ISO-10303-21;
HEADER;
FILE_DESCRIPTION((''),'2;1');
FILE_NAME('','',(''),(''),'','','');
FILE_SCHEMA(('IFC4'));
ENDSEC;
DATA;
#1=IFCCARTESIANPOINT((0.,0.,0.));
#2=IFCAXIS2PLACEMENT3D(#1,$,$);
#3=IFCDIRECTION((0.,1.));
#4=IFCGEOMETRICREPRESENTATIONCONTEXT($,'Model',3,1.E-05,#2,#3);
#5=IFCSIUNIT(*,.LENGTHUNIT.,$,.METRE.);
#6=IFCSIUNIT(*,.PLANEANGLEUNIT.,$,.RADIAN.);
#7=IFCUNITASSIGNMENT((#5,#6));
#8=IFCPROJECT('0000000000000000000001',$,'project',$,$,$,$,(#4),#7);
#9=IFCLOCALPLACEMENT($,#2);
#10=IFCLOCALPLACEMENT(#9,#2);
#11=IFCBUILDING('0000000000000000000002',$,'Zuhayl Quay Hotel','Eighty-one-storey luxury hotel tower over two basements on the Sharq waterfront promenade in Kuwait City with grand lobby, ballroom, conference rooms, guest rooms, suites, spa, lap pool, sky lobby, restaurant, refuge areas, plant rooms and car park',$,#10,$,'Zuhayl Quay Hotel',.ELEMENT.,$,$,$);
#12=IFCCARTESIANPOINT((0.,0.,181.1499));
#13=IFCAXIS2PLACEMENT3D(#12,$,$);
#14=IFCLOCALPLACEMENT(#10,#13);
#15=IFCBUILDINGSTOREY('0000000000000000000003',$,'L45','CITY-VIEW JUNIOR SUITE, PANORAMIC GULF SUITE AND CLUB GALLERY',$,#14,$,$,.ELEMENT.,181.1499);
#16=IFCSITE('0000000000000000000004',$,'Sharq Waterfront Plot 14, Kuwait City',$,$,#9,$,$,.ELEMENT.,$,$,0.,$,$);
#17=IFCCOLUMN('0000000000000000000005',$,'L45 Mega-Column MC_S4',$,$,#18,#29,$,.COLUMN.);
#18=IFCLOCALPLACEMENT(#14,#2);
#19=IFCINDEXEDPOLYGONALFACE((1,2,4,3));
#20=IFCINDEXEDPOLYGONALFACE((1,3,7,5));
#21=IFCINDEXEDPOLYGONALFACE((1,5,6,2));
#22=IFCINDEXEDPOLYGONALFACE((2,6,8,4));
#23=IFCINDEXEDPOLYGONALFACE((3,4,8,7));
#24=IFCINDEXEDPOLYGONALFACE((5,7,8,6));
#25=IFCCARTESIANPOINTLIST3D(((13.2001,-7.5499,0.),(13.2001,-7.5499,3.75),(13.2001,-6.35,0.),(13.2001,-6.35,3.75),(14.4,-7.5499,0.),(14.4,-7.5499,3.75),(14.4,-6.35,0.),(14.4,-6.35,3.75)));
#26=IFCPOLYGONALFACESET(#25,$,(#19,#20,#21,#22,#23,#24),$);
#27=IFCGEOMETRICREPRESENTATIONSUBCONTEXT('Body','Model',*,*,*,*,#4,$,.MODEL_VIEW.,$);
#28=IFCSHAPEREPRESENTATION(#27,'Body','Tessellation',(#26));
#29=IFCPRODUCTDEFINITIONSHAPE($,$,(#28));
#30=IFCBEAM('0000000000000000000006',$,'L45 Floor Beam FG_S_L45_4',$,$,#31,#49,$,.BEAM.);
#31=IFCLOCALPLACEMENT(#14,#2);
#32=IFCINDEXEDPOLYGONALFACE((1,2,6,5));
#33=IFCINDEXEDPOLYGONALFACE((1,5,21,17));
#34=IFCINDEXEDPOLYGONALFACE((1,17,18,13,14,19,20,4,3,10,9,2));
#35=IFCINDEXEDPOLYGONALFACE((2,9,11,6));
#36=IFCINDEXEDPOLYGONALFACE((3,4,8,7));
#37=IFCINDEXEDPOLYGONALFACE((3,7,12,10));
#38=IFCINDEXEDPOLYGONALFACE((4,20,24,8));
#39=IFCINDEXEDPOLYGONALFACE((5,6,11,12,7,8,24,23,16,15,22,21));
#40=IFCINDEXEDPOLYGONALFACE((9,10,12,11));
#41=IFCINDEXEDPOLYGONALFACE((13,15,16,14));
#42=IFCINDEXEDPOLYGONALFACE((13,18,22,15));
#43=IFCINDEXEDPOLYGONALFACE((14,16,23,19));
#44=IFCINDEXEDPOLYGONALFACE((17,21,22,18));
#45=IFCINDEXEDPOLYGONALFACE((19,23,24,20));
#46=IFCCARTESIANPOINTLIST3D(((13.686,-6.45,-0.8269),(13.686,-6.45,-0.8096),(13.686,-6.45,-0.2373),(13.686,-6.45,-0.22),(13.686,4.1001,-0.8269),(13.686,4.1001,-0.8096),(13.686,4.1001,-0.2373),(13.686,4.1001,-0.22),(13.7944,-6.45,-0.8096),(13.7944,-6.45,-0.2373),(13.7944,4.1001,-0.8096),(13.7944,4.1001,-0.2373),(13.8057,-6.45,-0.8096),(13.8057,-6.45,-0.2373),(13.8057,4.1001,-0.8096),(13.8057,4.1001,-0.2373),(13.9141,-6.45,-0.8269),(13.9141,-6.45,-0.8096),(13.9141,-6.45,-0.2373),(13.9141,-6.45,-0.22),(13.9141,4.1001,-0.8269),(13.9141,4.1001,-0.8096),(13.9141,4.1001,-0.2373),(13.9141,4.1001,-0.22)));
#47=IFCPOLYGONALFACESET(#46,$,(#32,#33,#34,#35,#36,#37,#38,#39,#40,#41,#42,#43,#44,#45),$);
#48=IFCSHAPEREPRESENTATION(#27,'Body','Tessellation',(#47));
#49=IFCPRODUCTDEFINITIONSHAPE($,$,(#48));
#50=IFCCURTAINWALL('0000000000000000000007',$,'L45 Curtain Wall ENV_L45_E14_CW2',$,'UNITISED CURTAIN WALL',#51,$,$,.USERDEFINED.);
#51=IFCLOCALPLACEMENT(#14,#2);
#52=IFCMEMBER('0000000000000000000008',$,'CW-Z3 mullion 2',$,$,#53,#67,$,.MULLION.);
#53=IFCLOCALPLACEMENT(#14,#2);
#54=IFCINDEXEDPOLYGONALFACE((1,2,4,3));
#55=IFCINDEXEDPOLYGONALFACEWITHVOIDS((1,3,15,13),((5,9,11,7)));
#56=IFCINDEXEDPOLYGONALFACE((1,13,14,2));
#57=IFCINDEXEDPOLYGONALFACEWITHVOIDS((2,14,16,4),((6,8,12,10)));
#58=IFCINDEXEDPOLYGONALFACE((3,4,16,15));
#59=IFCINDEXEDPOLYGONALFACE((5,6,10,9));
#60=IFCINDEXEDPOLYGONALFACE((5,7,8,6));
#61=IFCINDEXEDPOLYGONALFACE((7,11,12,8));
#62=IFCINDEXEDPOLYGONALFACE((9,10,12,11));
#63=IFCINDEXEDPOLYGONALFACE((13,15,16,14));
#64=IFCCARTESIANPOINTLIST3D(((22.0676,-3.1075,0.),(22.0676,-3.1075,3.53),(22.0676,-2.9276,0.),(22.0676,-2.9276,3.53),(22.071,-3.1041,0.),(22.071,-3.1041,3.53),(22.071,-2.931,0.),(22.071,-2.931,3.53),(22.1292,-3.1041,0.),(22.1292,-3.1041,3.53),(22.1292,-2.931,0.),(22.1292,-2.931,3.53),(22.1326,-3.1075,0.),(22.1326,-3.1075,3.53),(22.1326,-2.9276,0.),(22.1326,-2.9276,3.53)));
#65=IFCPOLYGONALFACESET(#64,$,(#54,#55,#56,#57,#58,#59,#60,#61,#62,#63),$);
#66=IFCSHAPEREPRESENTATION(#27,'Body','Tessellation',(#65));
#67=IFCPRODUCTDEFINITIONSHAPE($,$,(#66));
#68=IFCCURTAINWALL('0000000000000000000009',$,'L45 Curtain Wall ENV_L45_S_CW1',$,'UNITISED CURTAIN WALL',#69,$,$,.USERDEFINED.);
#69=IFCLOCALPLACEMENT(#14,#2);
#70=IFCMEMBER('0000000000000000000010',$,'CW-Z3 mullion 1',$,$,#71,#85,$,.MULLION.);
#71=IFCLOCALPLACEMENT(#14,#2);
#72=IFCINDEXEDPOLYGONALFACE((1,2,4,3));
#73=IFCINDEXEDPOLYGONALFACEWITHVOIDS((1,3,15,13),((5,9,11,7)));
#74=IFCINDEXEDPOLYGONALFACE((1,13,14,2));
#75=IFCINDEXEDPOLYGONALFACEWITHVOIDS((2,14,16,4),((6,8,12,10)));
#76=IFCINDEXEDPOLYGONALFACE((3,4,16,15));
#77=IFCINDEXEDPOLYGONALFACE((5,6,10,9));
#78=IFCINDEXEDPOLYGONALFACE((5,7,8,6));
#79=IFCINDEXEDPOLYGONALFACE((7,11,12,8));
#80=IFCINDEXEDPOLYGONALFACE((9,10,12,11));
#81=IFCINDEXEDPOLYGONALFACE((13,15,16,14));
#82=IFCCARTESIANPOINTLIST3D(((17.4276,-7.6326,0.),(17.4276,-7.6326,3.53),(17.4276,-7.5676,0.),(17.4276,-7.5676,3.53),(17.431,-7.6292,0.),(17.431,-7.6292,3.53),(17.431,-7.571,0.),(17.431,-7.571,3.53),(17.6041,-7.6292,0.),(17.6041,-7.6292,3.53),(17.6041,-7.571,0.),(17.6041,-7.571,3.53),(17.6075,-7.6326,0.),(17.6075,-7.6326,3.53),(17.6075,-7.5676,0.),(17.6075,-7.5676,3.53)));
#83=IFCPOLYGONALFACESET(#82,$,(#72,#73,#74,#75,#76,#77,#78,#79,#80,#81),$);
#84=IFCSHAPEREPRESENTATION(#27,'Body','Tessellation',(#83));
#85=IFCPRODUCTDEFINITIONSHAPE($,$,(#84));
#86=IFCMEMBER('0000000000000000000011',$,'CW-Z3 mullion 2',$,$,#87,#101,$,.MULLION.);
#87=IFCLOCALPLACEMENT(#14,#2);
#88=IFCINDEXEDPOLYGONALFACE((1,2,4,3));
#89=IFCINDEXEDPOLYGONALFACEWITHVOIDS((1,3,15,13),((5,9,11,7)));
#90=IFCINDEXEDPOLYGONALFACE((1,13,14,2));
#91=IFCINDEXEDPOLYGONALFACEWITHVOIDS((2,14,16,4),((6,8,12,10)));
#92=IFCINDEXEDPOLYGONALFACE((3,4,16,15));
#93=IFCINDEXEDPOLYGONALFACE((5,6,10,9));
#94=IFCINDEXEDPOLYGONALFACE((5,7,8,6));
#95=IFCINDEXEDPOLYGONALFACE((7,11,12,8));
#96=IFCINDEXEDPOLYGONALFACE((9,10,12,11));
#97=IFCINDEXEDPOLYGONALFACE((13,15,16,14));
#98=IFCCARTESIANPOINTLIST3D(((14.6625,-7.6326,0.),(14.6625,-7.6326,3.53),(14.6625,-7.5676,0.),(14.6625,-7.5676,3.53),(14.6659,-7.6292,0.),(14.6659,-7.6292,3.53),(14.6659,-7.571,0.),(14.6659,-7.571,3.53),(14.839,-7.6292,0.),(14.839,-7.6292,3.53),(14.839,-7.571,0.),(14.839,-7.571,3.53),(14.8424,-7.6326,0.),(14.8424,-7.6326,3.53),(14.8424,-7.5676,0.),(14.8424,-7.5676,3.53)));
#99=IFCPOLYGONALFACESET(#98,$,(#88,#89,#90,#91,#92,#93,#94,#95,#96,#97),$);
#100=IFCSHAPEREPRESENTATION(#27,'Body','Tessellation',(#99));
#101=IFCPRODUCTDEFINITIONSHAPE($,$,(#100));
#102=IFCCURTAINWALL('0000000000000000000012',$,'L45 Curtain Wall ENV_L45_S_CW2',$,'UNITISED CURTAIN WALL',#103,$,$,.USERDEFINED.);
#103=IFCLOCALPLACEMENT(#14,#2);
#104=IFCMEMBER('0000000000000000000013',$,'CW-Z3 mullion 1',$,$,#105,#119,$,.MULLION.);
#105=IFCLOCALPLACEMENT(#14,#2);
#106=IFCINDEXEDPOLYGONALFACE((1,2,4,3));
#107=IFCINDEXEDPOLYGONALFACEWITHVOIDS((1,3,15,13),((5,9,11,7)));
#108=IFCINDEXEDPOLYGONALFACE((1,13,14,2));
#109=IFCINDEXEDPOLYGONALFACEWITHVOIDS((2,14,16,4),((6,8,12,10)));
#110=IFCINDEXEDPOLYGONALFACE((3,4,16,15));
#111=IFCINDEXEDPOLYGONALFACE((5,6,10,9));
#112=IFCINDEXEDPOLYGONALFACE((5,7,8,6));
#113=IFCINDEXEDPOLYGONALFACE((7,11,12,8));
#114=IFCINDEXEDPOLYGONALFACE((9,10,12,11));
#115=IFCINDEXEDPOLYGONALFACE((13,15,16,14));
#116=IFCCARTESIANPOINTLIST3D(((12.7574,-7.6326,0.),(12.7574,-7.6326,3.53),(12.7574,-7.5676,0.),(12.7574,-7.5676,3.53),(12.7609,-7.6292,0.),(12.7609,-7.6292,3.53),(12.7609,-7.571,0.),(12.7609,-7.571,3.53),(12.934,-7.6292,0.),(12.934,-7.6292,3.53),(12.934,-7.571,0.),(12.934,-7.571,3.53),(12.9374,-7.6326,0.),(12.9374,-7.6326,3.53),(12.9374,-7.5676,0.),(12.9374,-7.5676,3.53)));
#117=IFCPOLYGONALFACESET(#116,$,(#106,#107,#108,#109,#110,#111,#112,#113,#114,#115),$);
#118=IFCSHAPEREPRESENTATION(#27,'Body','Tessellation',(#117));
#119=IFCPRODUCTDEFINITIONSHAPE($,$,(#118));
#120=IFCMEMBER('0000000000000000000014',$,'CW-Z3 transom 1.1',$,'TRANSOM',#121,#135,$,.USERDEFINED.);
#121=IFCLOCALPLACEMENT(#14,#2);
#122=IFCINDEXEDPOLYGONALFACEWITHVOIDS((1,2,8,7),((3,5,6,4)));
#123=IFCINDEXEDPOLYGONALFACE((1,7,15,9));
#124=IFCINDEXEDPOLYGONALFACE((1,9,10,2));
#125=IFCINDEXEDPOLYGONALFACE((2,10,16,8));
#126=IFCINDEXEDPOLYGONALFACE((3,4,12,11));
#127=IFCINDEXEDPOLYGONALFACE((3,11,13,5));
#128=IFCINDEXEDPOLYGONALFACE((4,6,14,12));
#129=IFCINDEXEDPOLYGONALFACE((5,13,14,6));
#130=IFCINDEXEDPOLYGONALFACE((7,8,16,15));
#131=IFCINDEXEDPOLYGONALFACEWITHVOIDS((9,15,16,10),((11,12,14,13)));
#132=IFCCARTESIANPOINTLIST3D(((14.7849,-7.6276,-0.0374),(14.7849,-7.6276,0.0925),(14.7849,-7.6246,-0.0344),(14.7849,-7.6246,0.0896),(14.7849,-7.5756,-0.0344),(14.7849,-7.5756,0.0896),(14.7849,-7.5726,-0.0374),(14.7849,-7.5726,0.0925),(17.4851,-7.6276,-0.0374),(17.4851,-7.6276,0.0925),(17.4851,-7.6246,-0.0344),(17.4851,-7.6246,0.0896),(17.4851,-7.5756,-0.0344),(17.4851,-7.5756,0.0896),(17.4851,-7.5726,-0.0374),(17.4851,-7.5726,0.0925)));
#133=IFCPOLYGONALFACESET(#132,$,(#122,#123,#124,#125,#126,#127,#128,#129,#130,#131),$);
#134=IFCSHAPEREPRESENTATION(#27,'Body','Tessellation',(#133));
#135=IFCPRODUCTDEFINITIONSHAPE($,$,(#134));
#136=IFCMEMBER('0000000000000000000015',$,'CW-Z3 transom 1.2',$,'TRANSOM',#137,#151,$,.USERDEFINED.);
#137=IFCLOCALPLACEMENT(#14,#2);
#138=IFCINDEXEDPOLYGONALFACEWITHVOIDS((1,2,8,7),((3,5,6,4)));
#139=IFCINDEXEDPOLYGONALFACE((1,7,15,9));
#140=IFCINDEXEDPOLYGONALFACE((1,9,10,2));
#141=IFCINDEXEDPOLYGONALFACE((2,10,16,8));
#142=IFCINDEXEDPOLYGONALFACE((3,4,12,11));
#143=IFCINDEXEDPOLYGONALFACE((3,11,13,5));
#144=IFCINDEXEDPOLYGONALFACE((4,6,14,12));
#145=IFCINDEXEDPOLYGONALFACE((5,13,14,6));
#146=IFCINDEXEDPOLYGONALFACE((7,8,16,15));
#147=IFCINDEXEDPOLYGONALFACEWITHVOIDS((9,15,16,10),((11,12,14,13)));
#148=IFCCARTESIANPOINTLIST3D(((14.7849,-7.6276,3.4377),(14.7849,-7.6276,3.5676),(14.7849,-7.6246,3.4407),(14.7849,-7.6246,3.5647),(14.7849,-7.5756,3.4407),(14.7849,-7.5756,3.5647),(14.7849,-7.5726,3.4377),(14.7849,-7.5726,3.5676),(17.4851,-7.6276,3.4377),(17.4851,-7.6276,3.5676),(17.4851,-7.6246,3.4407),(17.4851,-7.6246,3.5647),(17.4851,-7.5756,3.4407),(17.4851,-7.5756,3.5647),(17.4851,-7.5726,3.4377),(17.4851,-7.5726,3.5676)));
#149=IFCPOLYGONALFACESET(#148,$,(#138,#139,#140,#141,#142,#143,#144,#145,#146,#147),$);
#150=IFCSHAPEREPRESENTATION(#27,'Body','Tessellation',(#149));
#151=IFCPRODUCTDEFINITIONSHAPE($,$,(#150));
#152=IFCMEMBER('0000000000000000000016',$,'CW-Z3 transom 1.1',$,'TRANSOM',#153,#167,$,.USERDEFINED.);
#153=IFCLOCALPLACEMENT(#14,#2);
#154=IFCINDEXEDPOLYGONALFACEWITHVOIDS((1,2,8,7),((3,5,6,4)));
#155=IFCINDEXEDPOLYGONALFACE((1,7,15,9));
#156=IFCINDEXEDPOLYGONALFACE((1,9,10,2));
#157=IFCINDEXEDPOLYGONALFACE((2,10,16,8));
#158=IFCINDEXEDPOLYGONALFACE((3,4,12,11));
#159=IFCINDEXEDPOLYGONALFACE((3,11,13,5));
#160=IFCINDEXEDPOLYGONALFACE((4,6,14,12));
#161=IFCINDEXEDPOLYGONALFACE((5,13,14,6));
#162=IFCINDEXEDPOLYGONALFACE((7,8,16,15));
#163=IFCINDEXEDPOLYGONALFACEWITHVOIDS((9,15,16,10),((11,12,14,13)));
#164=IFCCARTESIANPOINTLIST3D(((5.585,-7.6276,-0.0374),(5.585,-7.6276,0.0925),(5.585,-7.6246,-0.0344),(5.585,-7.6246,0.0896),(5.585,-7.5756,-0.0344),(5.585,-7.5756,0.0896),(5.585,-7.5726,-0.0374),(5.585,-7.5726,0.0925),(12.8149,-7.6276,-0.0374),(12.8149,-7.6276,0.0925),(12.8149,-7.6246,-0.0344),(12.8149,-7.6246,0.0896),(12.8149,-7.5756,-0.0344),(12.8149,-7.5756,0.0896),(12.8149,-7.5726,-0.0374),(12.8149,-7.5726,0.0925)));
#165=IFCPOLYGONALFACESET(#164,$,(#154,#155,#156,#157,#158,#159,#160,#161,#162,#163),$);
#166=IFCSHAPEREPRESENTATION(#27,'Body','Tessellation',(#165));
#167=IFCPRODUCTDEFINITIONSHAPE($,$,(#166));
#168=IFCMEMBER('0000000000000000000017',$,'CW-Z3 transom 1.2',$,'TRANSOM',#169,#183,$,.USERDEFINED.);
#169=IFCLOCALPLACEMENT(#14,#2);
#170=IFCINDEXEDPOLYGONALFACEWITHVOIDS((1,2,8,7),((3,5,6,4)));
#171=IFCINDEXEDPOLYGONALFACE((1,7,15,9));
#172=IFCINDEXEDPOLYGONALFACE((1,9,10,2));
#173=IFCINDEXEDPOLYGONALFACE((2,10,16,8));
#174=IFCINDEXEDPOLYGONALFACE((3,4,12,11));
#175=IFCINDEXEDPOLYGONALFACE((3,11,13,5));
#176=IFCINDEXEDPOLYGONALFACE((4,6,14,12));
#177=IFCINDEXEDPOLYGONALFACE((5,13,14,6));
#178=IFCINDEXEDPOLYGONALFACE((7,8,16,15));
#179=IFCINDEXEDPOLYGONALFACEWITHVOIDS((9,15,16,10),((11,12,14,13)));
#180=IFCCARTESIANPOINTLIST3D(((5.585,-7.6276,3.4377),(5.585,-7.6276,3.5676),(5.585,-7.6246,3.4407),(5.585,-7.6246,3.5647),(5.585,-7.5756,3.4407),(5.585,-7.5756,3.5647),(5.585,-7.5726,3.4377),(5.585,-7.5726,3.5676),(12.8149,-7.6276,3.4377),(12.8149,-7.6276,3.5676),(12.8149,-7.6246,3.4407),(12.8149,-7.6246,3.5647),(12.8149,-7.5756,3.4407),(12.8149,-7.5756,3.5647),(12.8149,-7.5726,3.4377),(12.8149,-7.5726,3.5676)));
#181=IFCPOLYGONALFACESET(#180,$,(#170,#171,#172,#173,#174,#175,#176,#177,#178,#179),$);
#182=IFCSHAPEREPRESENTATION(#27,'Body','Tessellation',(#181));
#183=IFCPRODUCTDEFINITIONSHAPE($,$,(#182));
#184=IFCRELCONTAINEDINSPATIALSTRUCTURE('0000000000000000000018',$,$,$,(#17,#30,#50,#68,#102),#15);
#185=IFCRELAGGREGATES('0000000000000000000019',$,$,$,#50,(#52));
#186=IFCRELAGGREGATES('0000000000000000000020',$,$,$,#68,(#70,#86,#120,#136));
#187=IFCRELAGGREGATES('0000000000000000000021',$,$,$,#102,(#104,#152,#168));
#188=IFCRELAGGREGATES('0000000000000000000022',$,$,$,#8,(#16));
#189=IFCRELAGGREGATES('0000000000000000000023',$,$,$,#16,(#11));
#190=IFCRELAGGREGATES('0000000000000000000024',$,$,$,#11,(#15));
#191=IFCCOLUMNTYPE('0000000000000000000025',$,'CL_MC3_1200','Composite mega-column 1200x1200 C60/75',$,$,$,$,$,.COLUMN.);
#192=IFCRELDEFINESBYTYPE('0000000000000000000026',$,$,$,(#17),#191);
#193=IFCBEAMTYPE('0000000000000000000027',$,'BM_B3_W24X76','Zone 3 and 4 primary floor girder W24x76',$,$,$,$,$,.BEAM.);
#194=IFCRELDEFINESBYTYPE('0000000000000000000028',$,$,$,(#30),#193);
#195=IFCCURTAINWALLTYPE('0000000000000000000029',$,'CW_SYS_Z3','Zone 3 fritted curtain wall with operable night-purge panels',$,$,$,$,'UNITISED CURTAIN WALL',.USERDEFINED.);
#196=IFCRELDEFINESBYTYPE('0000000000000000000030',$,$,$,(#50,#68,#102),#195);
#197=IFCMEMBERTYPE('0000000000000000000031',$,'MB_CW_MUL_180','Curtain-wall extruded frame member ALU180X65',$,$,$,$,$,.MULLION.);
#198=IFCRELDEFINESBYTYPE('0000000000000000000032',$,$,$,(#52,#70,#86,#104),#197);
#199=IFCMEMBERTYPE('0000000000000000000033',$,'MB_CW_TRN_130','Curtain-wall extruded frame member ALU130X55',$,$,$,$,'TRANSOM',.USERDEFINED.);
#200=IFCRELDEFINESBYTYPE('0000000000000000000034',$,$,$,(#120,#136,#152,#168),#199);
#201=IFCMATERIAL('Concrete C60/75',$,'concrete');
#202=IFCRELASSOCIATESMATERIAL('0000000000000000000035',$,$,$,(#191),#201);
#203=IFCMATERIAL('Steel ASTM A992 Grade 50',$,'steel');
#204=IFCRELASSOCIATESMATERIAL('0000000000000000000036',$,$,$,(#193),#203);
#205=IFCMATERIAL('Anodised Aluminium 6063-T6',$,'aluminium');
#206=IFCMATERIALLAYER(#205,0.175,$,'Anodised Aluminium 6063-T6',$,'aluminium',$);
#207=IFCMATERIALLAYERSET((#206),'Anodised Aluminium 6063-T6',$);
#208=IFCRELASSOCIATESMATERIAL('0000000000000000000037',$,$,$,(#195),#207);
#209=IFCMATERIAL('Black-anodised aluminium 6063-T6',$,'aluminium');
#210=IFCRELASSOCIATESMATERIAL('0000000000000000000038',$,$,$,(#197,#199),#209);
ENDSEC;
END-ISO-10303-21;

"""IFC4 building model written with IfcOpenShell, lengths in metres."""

from ifc_helpers import new_model, si_unit, direction, frame, origin, origin_2d, place, context, subcontext, project, spatial, rectangle, hollow_rectangle, i_section, extrude, material, layer, layer_set, material_profile, profile_set, type_object, element, aggregate, save


model = new_model("IFC4")

# Units and contexts
model_context = context("Model", 3, precision=1e-05, world=origin(), true_north=direction((0.0, 1.0)))
body_context = subcontext(model_context, "Body", "Model", "MODEL_VIEW")
ifc_project = project(units=[si_unit("LENGTHUNIT", "METRE"), si_unit("PLANEANGLEUNIT", "RADIAN")], contexts=[model_context])

# Site, building, storey
site_placement = place(None, origin())
site = spatial("IfcSite", under=ifc_project, at=site_placement, Name="Sharq Waterfront Plot 14, Kuwait City", CompositionType="ELEMENT", RefElevation=0.0)
building_placement = place(site_placement, origin())
building = spatial("IfcBuilding", under=site, at=building_placement, Name="Zuhayl Quay Hotel", Description="Eighty-one-storey luxury hotel tower over two basements on the Sharq waterfront promenade in Kuwait City with grand lobby, ballroom, conference rooms, guest rooms, suites, spa, lap pool, sky lobby, restaurant, refuge areas, plant rooms and car park", LongName="Zuhayl Quay Hotel", CompositionType="ELEMENT")
storey_placement = place(building_placement, frame((0.0, 0.0, 181.1499)))
storey = spatial("IfcBuildingStorey", under=building, at=storey_placement, Name="L45", Description="CITY-VIEW JUNIOR SUITE, PANORAMIC GULF SUITE AND CLUB GALLERY", CompositionType="ELEMENT", Elevation=181.1499)

# Column
ifc_material_1 = material(Name="Concrete C60/75", Category="concrete")
ifc_material_profile_1 = material_profile(ifc_material_1, rectangle(XDim=1.2, YDim=1.2, at=origin_2d()), Name="RC1200X1200")
ifc_profile_set_1 = profile_set([ifc_material_profile_1], Name="Concrete C60/75")
column_type = type_object("IfcColumnType", Name="CL_MC3_1200", Description="Composite mega-column 1200x1200 C60/75", PredefinedType="COLUMN", material=ifc_profile_set_1)
column_placement = place(storey_placement, frame((13.8, -6.95, 0.0), z_axis=(0.0, 0.0, 1.0), x_axis=(1.0, 0.0, 0.0)))
element("IfcColumn", 1, at=column_placement, inside=storey, type_object=column_type, Name="L45 Mega-Column MC_S4", PredefinedType="COLUMN", context=body_context, shape_type="SweptSolid", body=[
    extrude(rectangle(XDim=1.2, YDim=1.2, at=origin_2d()), origin(), (0.0, 0.0, 1.0), 3.75),
])

# Beam
ifc_material_2 = material(Name="Steel ASTM A992 Grade 50", Category="steel")
ifc_material_profile_2 = material_profile(ifc_material_2, i_section(OverallWidth=0.228, OverallDepth=0.6069, WebThickness=0.0112, FlangeThickness=0.0173, at=origin_2d()), Name="W24X76")
ifc_profile_set_2 = profile_set([ifc_material_profile_2], Name="Steel ASTM A992 Grade 50")
beam_type = type_object("IfcBeamType", Name="BM_B3_W24X76", Description="Zone 3 and 4 primary floor girder W24x76", PredefinedType="BEAM", material=ifc_profile_set_2)
beam_placement = place(storey_placement, frame((13.8, -6.45, -0.5234), z_axis=(0.0, 1.0, 0.0), x_axis=(-1.0, 0.0, 0.0)))
element("IfcBeam", 2, at=beam_placement, inside=storey, type_object=beam_type, Name="L45 Floor Beam FG_S_L45_4", PredefinedType="BEAM", context=body_context, shape_type="SweptSolid", body=[
    extrude(i_section(OverallWidth=0.228, OverallDepth=0.6069, WebThickness=0.0112, FlangeThickness=0.0173, at=origin_2d()), origin(), (0.0, 0.0, 1.0), 10.55),
])

# Curtain wall, member
ifc_material_3 = material(Name="Anodised Aluminium 6063-T6", Category="aluminium")
ifc_layer_1 = layer(ifc_material_3, 0.175, Name="Anodised Aluminium 6063-T6", Category="aluminium")
ifc_layer_set_1 = layer_set([ifc_layer_1], Name="Anodised Aluminium 6063-T6")
curtain_wall_type = type_object("IfcCurtainWallType", Name="CW_SYS_Z3", Description="Zone 3 fritted curtain wall with operable night-purge panels", ElementType="UNITISED CURTAIN WALL", PredefinedType="USERDEFINED", material=ifc_layer_set_1)
curtain_wall_1_placement = place(storey_placement, origin())
curtain_wall_1 = element("IfcCurtainWall", 3, at=curtain_wall_1_placement, inside=storey, type_object=curtain_wall_type, Name="L45 Curtain Wall ENV_L45_E14_CW2", ObjectType="UNITISED CURTAIN WALL", PredefinedType="USERDEFINED")
ifc_material_4 = material(Name="Black-anodised aluminium 6063-T6", Category="aluminium")
ifc_material_profile_3 = material_profile(ifc_material_4, hollow_rectangle(XDim=0.0649, YDim=0.1799, WallThickness=0.0034, at=origin_2d()), Name="ALU180X65")
ifc_profile_set_3 = profile_set([ifc_material_profile_3], Name="Black-anodised aluminium 6063-T6")
member_type_1 = type_object("IfcMemberType", Name="MB_CW_MUL_180", Description="Curtain-wall extruded frame member ALU180X65", PredefinedType="MULLION", material=ifc_profile_set_3)
member_1_placement = place(storey_placement, frame((22.1001, -3.0176, 0.0), z_axis=(0.0, 0.0, 1.0), x_axis=(1.0, 0.0, 0.0)))
member_1 = element("IfcMember", 4, at=member_1_placement, type_object=member_type_1, Name="CW-Z3 mullion 2", PredefinedType="MULLION", context=body_context, shape_type="SweptSolid", body=[
    extrude(hollow_rectangle(XDim=0.0649, YDim=0.1799, WallThickness=0.0034, at=origin_2d()), origin(), (0.0, 0.0, 1.0), 3.53),
])

# Curtain wall, members
curtain_wall_2_placement = place(storey_placement, origin())
curtain_wall_2 = element("IfcCurtainWall", 5, at=curtain_wall_2_placement, inside=storey, type_object=curtain_wall_type, Name="L45 Curtain Wall ENV_L45_S_CW1", ObjectType="UNITISED CURTAIN WALL", PredefinedType="USERDEFINED")
member_2_placement = place(storey_placement, frame((17.5176, -7.6001, 0.0), z_axis=(0.0, 0.0, 1.0), x_axis=(0.0, -1.0, 0.0)))
member_2 = element("IfcMember", 6, at=member_2_placement, type_object=member_type_1, Name="CW-Z3 mullion 1", PredefinedType="MULLION", context=body_context, shape_type="SweptSolid", body=[
    extrude(hollow_rectangle(XDim=0.0649, YDim=0.1799, WallThickness=0.0034, at=origin_2d()), origin(), (0.0, 0.0, 1.0), 3.53),
])
member_3_placement = place(storey_placement, frame((14.7524, -7.6001, 0.0), z_axis=(0.0, 0.0, 1.0), x_axis=(0.0, -1.0, 0.0)))
member_3 = element("IfcMember", 7, at=member_3_placement, type_object=member_type_1, Name="CW-Z3 mullion 2", PredefinedType="MULLION", context=body_context, shape_type="SweptSolid", body=[
    extrude(hollow_rectangle(XDim=0.0649, YDim=0.1799, WallThickness=0.0034, at=origin_2d()), origin(), (0.0, 0.0, 1.0), 3.53),
])

# Curtain wall, member
curtain_wall_3_placement = place(storey_placement, origin())
curtain_wall_3 = element("IfcCurtainWall", 8, at=curtain_wall_3_placement, inside=storey, type_object=curtain_wall_type, Name="L45 Curtain Wall ENV_L45_S_CW2", ObjectType="UNITISED CURTAIN WALL", PredefinedType="USERDEFINED")
member_4_placement = place(storey_placement, frame((12.8474, -7.6001, 0.0), z_axis=(0.0, 0.0, 1.0), x_axis=(0.0, -1.0, 0.0)))
member_4 = element("IfcMember", 9, at=member_4_placement, type_object=member_type_1, Name="CW-Z3 mullion 1", PredefinedType="MULLION", context=body_context, shape_type="SweptSolid", body=[
    extrude(hollow_rectangle(XDim=0.0649, YDim=0.1799, WallThickness=0.0034, at=origin_2d()), origin(), (0.0, 0.0, 1.0), 3.53),
])

# Members
ifc_material_profile_4 = material_profile(ifc_material_4, hollow_rectangle(XDim=0.0549, YDim=0.1299, WallThickness=0.0029, at=origin_2d()), Name="ALU130X55")
ifc_profile_set_4 = profile_set([ifc_material_profile_4], Name="Black-anodised aluminium 6063-T6")
member_type_2 = type_object("IfcMemberType", Name="MB_CW_TRN_130", Description="Curtain-wall extruded frame member ALU130X55", ElementType="TRANSOM", PredefinedType="USERDEFINED", material=ifc_profile_set_4)
member_5_placement = place(storey_placement, frame((17.4851, -7.6001, 0.0276), z_axis=(-1.0, 0.0, 0.0), x_axis=(0.0, -1.0, 0.0)))
member_5 = element("IfcMember", 10, at=member_5_placement, type_object=member_type_2, Name="CW-Z3 transom 1.1", ObjectType="TRANSOM", PredefinedType="USERDEFINED", context=body_context, shape_type="SweptSolid", body=[
    extrude(hollow_rectangle(XDim=0.0549, YDim=0.1299, WallThickness=0.0029, at=origin_2d()), origin(), (0.0, 0.0, 1.0), 2.7002),
])
member_6_placement = place(storey_placement, frame((17.4851, -7.6001, 3.5027), z_axis=(-1.0, 0.0, 0.0), x_axis=(0.0, -1.0, 0.0)))
member_6 = element("IfcMember", 11, at=member_6_placement, type_object=member_type_2, Name="CW-Z3 transom 1.2", ObjectType="TRANSOM", PredefinedType="USERDEFINED", context=body_context, shape_type="SweptSolid", body=[
    extrude(hollow_rectangle(XDim=0.0549, YDim=0.1299, WallThickness=0.0029, at=origin_2d()), origin(), (0.0, 0.0, 1.0), 2.7002),
])
member_7_placement = place(storey_placement, frame((12.8149, -7.6001, 0.0276), z_axis=(-1.0, 0.0, 0.0), x_axis=(0.0, -1.0, 0.0)))
member_7 = element("IfcMember", 12, at=member_7_placement, type_object=member_type_2, Name="CW-Z3 transom 1.1", ObjectType="TRANSOM", PredefinedType="USERDEFINED", context=body_context, shape_type="SweptSolid", body=[
    extrude(hollow_rectangle(XDim=0.0549, YDim=0.1299, WallThickness=0.0029, at=origin_2d()), origin(), (0.0, 0.0, 1.0), 7.23),
])
member_8_placement = place(storey_placement, frame((12.8149, -7.6001, 3.5027), z_axis=(-1.0, 0.0, 0.0), x_axis=(0.0, -1.0, 0.0)))
member_8 = element("IfcMember", 13, at=member_8_placement, type_object=member_type_2, Name="CW-Z3 transom 1.2", ObjectType="TRANSOM", PredefinedType="USERDEFINED", context=body_context, shape_type="SweptSolid", body=[
    extrude(hollow_rectangle(XDim=0.0549, YDim=0.1299, WallThickness=0.0029, at=origin_2d()), origin(), (0.0, 0.0, 1.0), 7.23),
])

aggregate(curtain_wall_1, [member_1])
aggregate(curtain_wall_2, [member_2, member_3, member_5, member_6])
aggregate(curtain_wall_3, [member_4, member_7, member_8])

save(model, "model.ifc")
